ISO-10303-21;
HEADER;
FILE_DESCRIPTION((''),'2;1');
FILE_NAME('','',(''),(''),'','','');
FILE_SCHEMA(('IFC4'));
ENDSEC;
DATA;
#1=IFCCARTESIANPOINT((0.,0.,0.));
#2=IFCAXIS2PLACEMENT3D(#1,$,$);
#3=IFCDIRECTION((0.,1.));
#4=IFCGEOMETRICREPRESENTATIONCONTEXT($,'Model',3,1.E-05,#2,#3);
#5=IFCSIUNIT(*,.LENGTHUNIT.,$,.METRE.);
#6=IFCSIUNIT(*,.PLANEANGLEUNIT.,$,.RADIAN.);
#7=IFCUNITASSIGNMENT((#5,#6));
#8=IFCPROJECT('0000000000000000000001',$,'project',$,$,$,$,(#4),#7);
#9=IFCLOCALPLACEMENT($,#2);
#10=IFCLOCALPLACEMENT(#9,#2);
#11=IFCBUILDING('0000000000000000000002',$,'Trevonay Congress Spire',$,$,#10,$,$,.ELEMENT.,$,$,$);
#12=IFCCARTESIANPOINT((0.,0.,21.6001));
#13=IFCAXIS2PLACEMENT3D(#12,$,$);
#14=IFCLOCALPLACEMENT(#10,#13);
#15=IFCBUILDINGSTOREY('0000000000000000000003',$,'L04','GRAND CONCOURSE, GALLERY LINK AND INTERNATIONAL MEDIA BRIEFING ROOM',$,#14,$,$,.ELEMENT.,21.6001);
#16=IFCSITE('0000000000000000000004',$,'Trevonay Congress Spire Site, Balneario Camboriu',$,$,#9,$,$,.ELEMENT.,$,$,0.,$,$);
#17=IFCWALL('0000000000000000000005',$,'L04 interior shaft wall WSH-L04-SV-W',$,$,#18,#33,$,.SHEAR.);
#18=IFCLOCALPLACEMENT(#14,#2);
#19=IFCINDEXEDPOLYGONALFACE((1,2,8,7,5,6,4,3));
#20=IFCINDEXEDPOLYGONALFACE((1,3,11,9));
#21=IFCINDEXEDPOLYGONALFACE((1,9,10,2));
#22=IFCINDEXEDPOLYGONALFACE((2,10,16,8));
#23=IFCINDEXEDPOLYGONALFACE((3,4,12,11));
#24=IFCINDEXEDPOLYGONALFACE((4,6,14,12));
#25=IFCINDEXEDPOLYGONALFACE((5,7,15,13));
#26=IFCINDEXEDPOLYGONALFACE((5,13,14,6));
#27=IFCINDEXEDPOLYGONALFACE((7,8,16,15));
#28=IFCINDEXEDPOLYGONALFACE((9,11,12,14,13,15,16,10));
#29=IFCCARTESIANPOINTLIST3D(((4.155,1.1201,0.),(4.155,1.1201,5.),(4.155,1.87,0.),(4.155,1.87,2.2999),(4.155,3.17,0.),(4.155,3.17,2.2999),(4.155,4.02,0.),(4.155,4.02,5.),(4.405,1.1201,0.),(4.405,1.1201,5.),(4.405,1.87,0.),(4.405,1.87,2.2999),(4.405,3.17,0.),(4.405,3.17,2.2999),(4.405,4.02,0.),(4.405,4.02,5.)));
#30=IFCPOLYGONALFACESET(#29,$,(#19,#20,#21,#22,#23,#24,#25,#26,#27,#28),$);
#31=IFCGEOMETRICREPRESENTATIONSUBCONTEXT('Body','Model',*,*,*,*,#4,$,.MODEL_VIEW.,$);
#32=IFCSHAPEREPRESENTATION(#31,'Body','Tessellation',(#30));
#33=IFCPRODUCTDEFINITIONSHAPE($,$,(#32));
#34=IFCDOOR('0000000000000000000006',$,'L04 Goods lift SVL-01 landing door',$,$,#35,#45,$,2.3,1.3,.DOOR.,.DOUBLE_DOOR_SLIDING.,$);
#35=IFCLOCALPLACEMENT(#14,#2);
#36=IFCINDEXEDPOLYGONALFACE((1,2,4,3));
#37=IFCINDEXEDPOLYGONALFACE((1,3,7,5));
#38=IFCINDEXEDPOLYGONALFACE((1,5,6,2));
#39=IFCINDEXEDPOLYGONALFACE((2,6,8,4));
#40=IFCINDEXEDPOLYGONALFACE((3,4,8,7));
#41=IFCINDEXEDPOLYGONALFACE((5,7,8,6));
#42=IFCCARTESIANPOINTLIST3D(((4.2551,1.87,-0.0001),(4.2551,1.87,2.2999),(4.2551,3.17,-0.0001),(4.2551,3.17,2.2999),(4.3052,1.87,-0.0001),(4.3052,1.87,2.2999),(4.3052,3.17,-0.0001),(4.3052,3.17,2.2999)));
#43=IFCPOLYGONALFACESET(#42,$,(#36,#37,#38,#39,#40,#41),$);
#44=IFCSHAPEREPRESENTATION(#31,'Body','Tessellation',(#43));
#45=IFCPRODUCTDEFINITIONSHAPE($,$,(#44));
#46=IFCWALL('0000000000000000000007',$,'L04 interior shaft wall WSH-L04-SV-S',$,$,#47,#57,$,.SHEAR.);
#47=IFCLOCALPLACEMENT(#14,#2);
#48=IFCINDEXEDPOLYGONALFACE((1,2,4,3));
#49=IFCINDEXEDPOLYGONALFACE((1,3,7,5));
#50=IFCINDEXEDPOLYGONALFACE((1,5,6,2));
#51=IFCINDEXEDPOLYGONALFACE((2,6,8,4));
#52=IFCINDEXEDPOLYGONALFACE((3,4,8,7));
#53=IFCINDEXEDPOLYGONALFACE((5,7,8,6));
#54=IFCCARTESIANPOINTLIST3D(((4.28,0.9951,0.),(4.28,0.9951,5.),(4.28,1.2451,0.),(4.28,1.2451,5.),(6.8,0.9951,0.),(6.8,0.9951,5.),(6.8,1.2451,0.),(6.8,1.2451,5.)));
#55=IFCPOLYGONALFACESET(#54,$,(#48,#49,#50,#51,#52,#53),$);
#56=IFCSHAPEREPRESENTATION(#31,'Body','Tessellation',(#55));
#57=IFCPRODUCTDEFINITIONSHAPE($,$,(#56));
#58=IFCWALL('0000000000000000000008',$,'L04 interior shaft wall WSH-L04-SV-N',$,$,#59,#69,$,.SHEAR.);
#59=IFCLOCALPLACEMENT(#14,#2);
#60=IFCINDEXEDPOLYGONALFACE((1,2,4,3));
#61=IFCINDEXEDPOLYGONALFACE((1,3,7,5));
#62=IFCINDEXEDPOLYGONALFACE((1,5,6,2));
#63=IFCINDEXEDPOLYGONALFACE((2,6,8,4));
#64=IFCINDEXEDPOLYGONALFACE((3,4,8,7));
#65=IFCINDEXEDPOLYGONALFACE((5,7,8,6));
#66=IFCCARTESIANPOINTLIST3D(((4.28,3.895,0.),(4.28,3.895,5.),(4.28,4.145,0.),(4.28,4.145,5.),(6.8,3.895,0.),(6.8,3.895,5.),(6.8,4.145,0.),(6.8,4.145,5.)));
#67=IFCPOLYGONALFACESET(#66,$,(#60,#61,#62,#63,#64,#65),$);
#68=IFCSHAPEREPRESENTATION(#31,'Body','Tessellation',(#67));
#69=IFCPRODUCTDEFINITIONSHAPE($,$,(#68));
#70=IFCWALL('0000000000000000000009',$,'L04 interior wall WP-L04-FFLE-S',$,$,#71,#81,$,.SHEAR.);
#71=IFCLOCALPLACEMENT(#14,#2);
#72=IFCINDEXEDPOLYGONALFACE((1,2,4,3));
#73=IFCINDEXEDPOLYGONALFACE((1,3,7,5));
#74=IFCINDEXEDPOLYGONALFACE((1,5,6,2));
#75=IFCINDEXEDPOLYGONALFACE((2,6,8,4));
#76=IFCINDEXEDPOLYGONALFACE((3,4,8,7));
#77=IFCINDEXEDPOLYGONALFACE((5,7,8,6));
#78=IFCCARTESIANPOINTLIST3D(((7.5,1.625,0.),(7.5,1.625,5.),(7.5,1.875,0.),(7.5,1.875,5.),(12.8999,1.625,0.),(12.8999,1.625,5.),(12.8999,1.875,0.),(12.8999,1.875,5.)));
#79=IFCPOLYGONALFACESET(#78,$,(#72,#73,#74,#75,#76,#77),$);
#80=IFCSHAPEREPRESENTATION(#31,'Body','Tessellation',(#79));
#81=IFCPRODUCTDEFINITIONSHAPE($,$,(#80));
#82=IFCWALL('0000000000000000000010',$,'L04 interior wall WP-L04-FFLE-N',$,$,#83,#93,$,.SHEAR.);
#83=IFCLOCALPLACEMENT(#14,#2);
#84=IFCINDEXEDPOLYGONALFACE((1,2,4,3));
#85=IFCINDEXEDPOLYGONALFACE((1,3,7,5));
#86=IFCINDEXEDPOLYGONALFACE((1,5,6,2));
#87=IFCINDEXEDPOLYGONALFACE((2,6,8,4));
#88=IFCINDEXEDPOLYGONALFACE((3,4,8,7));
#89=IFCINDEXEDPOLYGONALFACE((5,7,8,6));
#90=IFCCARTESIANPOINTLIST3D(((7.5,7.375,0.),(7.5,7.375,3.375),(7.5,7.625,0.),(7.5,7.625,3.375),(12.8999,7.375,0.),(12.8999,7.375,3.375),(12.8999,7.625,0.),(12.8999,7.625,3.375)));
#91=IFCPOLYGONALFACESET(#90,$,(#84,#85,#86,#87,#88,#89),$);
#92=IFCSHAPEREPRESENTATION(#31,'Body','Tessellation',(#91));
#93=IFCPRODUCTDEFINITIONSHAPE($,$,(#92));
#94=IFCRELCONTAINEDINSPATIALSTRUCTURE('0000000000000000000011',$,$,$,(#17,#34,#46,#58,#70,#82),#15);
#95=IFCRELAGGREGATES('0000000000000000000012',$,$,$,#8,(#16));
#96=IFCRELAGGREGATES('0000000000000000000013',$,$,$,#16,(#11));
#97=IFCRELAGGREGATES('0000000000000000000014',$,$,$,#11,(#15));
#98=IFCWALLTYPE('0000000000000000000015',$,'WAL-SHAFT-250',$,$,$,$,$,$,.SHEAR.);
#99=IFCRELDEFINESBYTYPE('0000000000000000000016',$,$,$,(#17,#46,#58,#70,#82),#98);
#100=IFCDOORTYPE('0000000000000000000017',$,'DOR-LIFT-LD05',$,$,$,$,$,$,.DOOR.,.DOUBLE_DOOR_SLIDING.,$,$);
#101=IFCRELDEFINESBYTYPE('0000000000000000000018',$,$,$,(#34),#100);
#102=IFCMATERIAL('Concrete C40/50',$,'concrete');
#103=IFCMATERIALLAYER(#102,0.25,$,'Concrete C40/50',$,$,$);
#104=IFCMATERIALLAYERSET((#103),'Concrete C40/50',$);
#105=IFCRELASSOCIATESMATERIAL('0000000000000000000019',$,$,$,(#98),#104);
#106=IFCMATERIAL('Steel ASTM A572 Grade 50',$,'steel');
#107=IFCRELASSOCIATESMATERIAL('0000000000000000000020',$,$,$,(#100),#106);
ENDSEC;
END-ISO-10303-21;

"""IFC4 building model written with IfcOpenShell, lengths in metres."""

from ifc_helpers import new_model, si_unit, direction, frame, frame_2d, origin, place, context, subcontext, project, spatial, rectangle, extrude, material, layer, layer_set, type_object, element, fill, save


model = new_model("IFC4")

# Units and contexts
model_context = context("Model", 3, precision=1e-05, world=origin(), true_north=direction((0.0, 1.0)))
body_context = subcontext(model_context, "Body", "Model", "MODEL_VIEW")
ifc_project = project(units=[si_unit("LENGTHUNIT", "METRE"), si_unit("PLANEANGLEUNIT", "RADIAN")], contexts=[model_context])

# Site, building, storey
site_placement = place(None, origin())
site = spatial("IfcSite", under=ifc_project, at=site_placement, Name="Trevonay Congress Spire Site, Balneario Camboriu", CompositionType="ELEMENT", RefElevation=0.0)
building_placement = place(site_placement, origin())
building = spatial("IfcBuilding", under=site, at=building_placement, Name="Trevonay Congress Spire", CompositionType="ELEMENT")
storey_placement = place(building_placement, frame((0.0, 0.0, 21.6001)))
storey = spatial("IfcBuildingStorey", under=building, at=storey_placement, Name="L04", Description="GRAND CONCOURSE, GALLERY LINK AND INTERNATIONAL MEDIA BRIEFING ROOM", CompositionType="ELEMENT", Elevation=21.6001)

# Shared definitions
ifc_material_1 = material(Name="Steel ASTM A572 Grade 50", Category="steel")

# Shared definitions
ifc_material_2 = material(Name="Concrete C40/50", Category="concrete")
ifc_layer_1 = layer(ifc_material_2, 0.25, Name="Concrete C40/50")
ifc_layer_set_1 = layer_set([ifc_layer_1], Name="Concrete C40/50")
wall_type_1 = type_object("IfcWallType", Name="WAL-SHAFT-250", PredefinedType="SHEAR", material=ifc_layer_set_1)

# Wall, opening, door
wall_1_placement = place(storey_placement, frame((4.28, 1.1201, 0.0), z_axis=(0.0, 0.0, 1.0), x_axis=(0.0, 1.0, 0.0)))
wall_1 = element("IfcWall", 1, at=wall_1_placement, inside=storey, type_object=wall_type_1, Name="L04 interior shaft wall WSH-L04-SV-W", PredefinedType="SHEAR", context=body_context, shape_type="SweptSolid", body=[
    extrude(rectangle(XDim=2.8999, YDim=0.25, at=frame_2d((1.45, 0.0))), origin(), (0.0, 0.0, 1.0), 5.0),
])
opening_placement = place(wall_1_placement, frame((0.75, 0.0, 0.0)))
opening = element("IfcOpeningElement", 2, at=opening_placement, cuts=wall_1, PredefinedType="OPENING", context=body_context, shape_type="SweptSolid", body=[
    extrude(rectangle(XDim=1.3, YDim=2.3, at=frame_2d((0.6499, 1.1499))), frame((0.0, 0.135, 0.0), z_axis=(0.0, -1.0, 0.0), x_axis=(1.0, 0.0, 0.0)), (0.0, 0.0, 1.0), 0.27),
])
door_type = type_object("IfcDoorType", Name="DOR-LIFT-LD05", OperationType="DOUBLE_DOOR_SLIDING", PredefinedType="DOOR", material=ifc_material_1)
door_placement = place(opening_placement, origin())
door = element("IfcDoor", 3, at=door_placement, inside=storey, type_object=door_type, Name="L04 Goods lift SVL-01 landing door", OperationType="DOUBLE_DOOR_SLIDING", OverallHeight=2.3, OverallWidth=1.3, PredefinedType="DOOR", context=body_context, shape_type="SweptSolid", body=[
    extrude(rectangle(XDim=1.3, YDim=2.3, at=frame_2d((0.6499, 1.1499))), frame((0.0, 0.0249, 0.0), z_axis=(0.0, -1.0, 0.0), x_axis=(1.0, 0.0, 0.0)), (0.0, 0.0, 1.0), 0.05),
])
fill(opening, door)

# Walls
for number, where, z_axis, x_axis, name in (
    (4, (4.28, 1.1201, 0.0), (0.0, 0.0, 1.0), (1.0, 0.0, 0.0), "L04 interior shaft wall WSH-L04-SV-S"),
    (5, (4.28, 4.02, 0.0), (0.0, 0.0, 1.0), (1.0, 0.0, 0.0), "L04 interior shaft wall WSH-L04-SV-N"),
):
    element("IfcWall", number, at=place(storey_placement, frame(where, z_axis=z_axis, x_axis=x_axis)), inside=storey, type_object=wall_type_1, Name=name, PredefinedType="SHEAR", context=body_context, shape_type="SweptSolid", body=[
        extrude(rectangle(XDim=2.52, YDim=0.25, at=frame_2d((1.26, 0.0))), origin(), (0.0, 0.0, 1.0), 5.0),
    ])
wall_2_placement = place(storey_placement, frame((7.5, 1.75, 0.0), z_axis=(0.0, 0.0, 1.0), x_axis=(1.0, 0.0, 0.0)))
element("IfcWall", 6, at=wall_2_placement, inside=storey, type_object=wall_type_1, Name="L04 interior wall WP-L04-FFLE-S", PredefinedType="SHEAR", context=body_context, shape_type="SweptSolid", body=[
    extrude(rectangle(XDim=5.3999, YDim=0.25, at=frame_2d((2.7, 0.0))), origin(), (0.0, 0.0, 1.0), 5.0),
])
wall_3_placement = place(storey_placement, frame((7.5, 7.5, 0.0), z_axis=(0.0, 0.0, 1.0), x_axis=(1.0, 0.0, 0.0)))
element("IfcWall", 7, at=wall_3_placement, inside=storey, type_object=wall_type_1, Name="L04 interior wall WP-L04-FFLE-N", PredefinedType="SHEAR", context=body_context, shape_type="SweptSolid", body=[
    extrude(rectangle(XDim=5.3999, YDim=0.25, at=frame_2d((2.7, 0.0))), origin(), (0.0, 0.0, 1.0), 3.375),
])

save(model, "model.ifc")
